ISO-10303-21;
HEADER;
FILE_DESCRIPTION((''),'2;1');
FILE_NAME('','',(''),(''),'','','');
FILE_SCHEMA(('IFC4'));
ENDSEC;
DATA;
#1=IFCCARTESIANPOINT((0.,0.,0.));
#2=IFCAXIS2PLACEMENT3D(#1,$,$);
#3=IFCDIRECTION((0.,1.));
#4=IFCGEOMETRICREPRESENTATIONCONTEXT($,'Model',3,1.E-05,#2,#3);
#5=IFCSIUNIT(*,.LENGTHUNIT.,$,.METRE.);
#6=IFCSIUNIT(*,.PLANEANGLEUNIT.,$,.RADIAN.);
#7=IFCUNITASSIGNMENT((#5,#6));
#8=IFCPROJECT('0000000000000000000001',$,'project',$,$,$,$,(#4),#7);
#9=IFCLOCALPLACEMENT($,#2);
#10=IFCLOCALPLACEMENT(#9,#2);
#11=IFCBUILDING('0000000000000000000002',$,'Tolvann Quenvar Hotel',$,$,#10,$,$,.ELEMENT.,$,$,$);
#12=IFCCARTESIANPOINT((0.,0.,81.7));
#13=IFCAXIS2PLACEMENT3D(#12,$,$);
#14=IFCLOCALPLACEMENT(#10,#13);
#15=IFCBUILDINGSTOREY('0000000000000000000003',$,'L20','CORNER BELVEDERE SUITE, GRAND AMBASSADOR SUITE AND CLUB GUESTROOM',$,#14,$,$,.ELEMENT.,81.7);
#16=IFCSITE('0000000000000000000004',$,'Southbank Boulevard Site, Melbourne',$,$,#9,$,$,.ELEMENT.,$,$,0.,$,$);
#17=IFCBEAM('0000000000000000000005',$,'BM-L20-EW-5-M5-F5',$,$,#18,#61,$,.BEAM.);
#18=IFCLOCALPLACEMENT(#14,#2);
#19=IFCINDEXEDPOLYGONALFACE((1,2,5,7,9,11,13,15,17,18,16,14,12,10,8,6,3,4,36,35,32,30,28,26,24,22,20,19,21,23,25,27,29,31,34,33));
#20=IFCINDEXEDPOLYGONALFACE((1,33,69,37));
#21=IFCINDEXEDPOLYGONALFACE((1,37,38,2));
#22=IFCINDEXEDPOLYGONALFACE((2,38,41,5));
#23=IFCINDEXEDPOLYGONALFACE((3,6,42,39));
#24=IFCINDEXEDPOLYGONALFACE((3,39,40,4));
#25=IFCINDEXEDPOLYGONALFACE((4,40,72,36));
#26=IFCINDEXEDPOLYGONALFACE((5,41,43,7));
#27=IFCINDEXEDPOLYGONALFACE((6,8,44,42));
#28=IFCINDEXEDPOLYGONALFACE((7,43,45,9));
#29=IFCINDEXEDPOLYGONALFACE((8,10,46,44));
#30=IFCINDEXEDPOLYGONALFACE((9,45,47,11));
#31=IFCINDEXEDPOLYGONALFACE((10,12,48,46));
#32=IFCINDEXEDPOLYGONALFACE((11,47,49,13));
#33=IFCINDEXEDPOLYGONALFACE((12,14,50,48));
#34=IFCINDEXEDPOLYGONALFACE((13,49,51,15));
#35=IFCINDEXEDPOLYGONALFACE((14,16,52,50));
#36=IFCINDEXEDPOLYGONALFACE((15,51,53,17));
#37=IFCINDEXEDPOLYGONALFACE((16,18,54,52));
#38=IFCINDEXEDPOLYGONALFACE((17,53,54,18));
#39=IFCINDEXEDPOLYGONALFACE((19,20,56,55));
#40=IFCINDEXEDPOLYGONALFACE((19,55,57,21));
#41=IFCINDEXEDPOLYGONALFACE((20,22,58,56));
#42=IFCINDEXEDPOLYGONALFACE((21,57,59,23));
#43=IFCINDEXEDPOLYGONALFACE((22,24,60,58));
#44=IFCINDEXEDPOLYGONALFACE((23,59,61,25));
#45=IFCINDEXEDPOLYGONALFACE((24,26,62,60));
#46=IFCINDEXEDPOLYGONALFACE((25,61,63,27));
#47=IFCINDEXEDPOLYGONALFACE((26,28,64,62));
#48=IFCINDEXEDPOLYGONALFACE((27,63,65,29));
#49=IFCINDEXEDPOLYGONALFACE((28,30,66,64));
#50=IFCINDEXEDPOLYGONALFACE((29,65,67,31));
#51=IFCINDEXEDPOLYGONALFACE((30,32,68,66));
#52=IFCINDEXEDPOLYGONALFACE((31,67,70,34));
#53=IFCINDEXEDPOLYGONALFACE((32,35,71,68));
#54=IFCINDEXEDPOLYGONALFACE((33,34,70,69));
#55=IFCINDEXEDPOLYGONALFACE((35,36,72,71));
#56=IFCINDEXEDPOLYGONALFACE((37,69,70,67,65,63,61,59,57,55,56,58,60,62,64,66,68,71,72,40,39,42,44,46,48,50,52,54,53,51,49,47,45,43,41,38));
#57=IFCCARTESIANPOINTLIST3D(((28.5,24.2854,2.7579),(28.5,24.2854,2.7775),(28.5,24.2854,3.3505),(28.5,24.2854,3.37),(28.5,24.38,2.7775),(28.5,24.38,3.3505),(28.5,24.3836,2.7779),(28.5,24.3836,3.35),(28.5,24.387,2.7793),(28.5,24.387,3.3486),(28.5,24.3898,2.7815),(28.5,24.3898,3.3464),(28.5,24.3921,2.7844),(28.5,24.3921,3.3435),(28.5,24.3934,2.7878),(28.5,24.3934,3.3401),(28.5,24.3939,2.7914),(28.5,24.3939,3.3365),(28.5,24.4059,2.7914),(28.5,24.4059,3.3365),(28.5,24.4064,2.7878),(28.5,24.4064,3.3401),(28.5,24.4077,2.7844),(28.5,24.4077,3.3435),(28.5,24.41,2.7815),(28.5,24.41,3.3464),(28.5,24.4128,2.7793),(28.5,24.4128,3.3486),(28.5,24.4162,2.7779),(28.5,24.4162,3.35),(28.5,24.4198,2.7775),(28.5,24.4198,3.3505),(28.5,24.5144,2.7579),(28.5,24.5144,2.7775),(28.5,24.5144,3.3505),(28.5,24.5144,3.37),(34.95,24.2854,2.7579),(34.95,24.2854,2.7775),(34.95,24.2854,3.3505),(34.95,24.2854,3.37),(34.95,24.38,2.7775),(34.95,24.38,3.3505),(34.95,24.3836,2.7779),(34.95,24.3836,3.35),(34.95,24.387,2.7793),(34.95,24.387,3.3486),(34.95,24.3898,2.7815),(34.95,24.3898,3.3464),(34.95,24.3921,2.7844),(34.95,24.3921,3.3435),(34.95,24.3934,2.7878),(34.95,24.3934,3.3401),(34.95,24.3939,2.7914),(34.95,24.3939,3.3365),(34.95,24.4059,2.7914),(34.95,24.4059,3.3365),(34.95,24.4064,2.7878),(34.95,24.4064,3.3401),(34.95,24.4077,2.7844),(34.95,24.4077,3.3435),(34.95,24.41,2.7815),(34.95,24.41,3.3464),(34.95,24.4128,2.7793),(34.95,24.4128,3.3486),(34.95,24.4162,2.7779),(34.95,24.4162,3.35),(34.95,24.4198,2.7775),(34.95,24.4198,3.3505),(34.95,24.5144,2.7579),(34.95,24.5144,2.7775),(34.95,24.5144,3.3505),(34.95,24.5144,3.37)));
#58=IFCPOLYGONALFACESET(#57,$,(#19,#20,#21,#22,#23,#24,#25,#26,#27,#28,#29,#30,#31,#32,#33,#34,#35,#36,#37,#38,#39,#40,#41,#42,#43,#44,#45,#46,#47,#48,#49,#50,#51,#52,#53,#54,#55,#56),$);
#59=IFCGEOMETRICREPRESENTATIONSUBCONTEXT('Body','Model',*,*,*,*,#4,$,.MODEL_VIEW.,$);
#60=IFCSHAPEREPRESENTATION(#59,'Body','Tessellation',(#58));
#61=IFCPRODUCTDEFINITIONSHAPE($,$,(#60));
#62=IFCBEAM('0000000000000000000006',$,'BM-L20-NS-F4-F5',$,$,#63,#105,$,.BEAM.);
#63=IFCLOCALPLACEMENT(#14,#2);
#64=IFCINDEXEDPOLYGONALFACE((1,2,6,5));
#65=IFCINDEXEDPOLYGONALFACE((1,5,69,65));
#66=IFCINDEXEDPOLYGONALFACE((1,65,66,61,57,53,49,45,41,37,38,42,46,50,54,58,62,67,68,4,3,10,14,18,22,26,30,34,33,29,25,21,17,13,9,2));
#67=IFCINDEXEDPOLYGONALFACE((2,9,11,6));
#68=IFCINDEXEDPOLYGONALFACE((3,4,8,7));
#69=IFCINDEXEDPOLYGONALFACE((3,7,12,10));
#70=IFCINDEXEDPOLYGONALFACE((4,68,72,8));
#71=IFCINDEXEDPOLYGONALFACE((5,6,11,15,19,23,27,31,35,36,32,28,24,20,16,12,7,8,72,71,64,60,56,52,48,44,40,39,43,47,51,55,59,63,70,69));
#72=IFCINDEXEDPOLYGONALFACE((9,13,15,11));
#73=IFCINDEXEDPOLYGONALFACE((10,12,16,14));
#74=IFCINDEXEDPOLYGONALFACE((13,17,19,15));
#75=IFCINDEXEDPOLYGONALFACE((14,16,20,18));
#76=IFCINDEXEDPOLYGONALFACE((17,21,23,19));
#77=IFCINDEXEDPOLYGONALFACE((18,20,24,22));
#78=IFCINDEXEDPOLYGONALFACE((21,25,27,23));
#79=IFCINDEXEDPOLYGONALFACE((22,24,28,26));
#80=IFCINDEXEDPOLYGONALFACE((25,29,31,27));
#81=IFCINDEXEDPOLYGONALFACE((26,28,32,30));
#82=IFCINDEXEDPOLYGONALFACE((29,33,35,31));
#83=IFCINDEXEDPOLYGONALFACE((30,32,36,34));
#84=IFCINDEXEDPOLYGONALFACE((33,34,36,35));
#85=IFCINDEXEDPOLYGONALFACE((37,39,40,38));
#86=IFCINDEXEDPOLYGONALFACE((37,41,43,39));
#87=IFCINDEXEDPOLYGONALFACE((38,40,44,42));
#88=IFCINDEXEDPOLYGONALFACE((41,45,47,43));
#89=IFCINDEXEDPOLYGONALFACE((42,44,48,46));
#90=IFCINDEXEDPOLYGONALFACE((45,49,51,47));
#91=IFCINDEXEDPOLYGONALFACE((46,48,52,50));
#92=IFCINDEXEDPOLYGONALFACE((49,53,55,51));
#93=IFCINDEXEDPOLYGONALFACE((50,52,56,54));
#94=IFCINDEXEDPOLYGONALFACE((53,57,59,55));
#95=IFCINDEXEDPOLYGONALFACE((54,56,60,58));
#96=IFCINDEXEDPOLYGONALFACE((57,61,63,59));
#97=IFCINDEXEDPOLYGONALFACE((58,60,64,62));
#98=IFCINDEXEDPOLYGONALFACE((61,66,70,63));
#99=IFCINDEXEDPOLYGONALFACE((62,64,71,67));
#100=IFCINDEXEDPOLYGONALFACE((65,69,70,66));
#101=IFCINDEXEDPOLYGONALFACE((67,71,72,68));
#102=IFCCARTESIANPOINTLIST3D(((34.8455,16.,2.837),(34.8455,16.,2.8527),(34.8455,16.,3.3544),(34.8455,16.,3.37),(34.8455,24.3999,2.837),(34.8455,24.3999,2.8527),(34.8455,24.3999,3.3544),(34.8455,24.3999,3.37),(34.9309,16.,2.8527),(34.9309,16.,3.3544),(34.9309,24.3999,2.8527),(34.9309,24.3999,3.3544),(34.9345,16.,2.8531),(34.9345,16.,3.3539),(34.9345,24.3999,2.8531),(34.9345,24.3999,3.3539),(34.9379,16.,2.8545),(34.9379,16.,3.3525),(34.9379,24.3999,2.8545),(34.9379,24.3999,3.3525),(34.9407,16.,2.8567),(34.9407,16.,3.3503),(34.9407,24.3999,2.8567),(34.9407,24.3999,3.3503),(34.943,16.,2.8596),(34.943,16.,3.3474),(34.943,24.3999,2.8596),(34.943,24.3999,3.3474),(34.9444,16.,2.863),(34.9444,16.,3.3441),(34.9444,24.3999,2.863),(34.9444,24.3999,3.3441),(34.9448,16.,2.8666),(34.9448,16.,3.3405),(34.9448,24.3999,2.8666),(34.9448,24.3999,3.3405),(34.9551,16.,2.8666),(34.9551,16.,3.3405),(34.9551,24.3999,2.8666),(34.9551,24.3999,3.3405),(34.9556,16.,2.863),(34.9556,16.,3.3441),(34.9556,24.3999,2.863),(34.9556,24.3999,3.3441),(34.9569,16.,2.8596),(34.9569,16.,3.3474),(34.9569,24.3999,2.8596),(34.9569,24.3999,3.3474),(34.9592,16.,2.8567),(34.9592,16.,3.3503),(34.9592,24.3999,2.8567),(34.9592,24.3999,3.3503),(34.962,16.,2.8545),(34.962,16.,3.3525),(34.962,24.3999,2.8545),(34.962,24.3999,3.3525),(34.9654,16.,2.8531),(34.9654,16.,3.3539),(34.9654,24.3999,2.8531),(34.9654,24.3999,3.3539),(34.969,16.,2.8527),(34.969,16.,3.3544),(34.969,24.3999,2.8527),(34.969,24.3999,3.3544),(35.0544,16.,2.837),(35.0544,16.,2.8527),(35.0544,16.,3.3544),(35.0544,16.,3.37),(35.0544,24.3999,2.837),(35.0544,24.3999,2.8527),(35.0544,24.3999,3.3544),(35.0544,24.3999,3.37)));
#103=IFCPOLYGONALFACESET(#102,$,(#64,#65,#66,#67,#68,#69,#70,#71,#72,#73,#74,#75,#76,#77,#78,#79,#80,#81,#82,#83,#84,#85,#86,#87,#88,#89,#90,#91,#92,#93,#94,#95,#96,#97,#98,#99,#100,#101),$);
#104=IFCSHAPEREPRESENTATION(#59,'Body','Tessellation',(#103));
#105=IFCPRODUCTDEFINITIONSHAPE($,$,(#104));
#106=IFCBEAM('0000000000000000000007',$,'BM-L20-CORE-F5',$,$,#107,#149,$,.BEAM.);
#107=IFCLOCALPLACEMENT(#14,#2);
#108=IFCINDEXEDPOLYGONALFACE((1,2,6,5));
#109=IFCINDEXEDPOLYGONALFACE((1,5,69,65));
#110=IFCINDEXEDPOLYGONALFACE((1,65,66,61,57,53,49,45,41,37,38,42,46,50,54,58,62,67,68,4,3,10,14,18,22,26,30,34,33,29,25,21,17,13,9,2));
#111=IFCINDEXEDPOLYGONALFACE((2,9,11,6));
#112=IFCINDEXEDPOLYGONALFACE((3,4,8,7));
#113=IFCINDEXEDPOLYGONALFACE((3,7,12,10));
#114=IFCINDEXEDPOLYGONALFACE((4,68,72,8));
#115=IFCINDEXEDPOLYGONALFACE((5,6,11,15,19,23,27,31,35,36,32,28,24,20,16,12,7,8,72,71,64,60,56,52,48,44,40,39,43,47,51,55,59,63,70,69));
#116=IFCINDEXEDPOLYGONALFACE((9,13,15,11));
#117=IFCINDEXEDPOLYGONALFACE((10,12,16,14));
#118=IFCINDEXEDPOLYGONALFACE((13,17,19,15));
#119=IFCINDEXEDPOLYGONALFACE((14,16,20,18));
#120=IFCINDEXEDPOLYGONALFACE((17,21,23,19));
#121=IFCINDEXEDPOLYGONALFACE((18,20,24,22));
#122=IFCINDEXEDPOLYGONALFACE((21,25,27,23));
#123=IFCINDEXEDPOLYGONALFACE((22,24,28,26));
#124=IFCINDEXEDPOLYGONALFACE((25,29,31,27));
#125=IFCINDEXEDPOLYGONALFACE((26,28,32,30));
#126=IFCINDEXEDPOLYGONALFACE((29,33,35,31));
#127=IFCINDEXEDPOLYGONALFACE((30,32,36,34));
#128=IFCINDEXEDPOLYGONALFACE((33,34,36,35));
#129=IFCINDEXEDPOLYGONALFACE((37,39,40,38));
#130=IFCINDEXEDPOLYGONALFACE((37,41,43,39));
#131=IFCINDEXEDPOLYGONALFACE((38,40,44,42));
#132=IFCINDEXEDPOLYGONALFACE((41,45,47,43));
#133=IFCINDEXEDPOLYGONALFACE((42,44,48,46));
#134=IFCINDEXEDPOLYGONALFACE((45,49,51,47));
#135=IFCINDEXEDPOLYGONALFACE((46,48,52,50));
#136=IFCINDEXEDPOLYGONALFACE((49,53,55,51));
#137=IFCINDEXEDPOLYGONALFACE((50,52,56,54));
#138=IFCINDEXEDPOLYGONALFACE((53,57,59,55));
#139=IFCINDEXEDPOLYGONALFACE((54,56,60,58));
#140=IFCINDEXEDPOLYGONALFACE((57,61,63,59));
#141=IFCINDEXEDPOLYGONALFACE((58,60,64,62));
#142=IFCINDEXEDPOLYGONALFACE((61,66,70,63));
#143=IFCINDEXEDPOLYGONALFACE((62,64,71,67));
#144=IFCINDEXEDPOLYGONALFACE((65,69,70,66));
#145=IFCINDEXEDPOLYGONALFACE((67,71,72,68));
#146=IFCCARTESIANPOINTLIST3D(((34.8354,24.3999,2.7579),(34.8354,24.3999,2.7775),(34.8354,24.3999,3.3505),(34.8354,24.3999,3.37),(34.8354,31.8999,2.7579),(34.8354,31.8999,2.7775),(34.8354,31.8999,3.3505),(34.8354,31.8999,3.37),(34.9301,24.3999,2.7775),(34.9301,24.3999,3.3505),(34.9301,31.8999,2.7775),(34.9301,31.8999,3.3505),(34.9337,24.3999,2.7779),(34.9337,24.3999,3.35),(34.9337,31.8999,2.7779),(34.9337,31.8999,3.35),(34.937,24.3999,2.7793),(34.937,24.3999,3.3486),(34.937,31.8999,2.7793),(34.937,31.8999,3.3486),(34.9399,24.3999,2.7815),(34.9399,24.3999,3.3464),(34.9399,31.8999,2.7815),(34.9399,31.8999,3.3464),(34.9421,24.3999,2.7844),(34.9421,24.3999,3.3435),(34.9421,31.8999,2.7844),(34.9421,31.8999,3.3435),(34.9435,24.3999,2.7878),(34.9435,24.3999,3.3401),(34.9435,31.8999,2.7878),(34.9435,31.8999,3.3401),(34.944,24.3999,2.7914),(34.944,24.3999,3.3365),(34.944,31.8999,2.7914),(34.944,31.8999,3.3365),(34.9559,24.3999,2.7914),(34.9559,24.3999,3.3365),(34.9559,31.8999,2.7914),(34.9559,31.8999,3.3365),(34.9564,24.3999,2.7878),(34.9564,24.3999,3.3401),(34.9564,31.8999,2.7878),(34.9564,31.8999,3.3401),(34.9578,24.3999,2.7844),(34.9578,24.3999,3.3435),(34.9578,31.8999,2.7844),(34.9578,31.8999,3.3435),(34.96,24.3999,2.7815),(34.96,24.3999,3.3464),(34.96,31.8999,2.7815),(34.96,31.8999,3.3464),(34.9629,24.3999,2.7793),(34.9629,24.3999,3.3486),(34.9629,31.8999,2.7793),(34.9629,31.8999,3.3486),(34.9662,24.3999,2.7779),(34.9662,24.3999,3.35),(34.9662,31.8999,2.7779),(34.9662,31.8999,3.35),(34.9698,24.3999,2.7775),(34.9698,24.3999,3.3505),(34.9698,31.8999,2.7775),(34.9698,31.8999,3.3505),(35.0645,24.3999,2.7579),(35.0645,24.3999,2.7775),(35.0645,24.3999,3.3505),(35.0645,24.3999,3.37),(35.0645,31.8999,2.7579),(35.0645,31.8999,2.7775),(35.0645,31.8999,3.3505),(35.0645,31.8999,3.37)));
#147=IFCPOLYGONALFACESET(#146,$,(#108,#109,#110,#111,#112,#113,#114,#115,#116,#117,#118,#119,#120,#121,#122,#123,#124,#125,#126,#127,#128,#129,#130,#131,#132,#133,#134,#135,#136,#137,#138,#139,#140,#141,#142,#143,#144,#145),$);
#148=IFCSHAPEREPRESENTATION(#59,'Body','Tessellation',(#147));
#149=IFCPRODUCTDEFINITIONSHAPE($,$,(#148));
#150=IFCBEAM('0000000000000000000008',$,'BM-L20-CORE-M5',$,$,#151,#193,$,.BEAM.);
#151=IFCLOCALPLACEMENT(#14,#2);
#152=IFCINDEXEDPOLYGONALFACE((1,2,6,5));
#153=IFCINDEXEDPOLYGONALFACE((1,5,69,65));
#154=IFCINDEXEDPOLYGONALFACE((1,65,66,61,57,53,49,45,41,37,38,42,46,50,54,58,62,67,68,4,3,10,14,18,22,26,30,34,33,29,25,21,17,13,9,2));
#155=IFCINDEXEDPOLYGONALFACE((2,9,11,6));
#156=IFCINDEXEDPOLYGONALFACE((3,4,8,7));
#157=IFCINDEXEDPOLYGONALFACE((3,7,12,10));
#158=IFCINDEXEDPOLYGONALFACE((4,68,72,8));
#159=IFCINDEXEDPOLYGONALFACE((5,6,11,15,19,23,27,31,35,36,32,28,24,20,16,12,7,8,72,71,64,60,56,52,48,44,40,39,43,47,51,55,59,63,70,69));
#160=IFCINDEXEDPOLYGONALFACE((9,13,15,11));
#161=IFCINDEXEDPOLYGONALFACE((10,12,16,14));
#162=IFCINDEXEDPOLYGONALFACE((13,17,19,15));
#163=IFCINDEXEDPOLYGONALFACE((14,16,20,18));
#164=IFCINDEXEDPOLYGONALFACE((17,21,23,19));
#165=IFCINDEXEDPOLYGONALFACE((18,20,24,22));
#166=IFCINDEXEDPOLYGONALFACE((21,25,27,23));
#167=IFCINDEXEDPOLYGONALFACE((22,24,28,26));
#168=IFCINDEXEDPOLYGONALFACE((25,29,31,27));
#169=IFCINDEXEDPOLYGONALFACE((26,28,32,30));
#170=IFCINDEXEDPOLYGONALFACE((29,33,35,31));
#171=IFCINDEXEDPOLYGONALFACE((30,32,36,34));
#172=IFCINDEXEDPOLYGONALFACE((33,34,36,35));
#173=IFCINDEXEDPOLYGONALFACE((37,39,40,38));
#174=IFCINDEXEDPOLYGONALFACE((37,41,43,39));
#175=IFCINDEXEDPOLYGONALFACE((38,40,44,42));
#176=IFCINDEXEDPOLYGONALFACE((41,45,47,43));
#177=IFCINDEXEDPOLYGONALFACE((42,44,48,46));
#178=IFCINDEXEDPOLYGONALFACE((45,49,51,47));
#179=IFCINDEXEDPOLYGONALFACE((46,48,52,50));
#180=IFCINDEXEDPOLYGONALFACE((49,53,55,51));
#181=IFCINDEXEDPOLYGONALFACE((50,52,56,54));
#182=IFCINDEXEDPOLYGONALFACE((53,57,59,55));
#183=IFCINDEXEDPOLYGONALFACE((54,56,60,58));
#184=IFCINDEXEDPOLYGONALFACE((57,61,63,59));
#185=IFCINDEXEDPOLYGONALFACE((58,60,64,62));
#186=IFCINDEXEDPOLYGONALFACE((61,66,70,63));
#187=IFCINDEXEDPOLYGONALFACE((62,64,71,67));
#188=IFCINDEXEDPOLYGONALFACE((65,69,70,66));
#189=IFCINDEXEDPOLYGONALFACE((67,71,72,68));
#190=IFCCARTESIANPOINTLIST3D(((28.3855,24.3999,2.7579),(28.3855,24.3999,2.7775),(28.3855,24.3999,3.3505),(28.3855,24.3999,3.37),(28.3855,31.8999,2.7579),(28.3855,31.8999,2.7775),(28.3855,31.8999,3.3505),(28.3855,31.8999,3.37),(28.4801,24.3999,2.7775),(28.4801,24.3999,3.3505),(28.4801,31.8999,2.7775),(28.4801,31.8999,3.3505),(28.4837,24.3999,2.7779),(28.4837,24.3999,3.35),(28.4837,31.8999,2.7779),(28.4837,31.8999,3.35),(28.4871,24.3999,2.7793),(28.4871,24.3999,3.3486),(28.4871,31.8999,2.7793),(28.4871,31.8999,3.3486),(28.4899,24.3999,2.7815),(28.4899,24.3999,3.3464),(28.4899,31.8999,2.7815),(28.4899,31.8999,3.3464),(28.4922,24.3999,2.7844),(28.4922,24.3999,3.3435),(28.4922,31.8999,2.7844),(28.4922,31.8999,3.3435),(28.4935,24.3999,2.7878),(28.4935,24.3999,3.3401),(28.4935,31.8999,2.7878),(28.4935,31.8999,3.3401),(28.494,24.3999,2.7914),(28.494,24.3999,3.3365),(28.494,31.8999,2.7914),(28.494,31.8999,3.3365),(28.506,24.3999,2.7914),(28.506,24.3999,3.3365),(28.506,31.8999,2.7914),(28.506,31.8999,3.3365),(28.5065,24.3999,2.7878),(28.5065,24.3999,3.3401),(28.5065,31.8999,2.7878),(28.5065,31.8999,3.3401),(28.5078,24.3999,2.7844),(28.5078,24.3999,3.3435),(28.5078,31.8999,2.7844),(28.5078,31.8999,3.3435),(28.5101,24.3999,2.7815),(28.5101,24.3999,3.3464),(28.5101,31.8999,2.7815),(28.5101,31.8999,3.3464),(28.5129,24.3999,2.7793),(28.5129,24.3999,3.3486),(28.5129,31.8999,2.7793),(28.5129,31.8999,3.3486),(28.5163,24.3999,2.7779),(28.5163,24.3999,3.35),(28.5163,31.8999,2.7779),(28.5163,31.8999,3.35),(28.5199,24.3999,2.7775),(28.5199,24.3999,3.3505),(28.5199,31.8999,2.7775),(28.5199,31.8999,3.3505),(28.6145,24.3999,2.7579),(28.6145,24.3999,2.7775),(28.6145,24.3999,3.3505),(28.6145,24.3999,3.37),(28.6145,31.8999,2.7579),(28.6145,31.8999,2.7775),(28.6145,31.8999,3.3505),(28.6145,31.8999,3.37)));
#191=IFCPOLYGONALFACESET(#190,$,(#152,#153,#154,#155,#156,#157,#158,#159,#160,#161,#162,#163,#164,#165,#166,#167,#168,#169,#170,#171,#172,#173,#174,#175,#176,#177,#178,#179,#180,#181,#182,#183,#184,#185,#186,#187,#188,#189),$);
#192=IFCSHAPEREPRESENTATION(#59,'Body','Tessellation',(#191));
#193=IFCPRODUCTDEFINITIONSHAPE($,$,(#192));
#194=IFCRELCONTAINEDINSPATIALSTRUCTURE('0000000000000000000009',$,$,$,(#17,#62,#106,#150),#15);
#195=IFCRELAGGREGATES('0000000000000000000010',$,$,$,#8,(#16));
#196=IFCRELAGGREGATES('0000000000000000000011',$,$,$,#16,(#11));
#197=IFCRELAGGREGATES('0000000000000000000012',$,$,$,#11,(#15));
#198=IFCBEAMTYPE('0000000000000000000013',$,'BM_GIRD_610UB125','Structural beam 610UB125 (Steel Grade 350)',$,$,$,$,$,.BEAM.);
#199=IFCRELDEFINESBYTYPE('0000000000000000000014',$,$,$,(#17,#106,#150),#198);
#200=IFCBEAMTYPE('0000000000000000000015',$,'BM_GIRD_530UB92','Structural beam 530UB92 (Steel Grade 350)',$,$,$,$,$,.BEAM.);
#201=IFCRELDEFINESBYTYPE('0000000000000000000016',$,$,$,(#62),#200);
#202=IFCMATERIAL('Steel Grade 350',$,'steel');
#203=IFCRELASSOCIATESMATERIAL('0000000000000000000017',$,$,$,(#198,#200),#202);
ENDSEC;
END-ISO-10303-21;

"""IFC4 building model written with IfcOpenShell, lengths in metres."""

from ifc_helpers import new_model, si_unit, direction, frame, origin, origin_2d, place, context, subcontext, project, spatial, i_section, extrude, source, transform, mapped, material, material_profile, profile_set, type_object, type_shapes, element, save


model = new_model("IFC4")

# Units and contexts
model_context = context("Model", 3, precision=1e-05, world=origin(), true_north=direction((0.0, 1.0)))
body_context = subcontext(model_context, "Body", "Model", "MODEL_VIEW")
ifc_project = project(units=[si_unit("LENGTHUNIT", "METRE"), si_unit("PLANEANGLEUNIT", "RADIAN")], contexts=[model_context])

# Site, building, storey
site_placement = place(None, origin())
site = spatial("IfcSite", under=ifc_project, at=site_placement, Name="Southbank Boulevard Site, Melbourne", CompositionType="ELEMENT", RefElevation=0.0)
building_placement = place(site_placement, origin())
building = spatial("IfcBuilding", under=site, at=building_placement, Name="Tolvann Quenvar Hotel", CompositionType="ELEMENT")
storey_placement = place(building_placement, frame((0.0, 0.0, 81.7)))
storey = spatial("IfcBuildingStorey", under=building, at=storey_placement, Name="L20", Description="CORNER BELVEDERE SUITE, GRAND AMBASSADOR SUITE AND CLUB GUESTROOM", CompositionType="ELEMENT", Elevation=81.7)

# Shared definitions
ifc_material_1 = material(Name="Steel Grade 350", Category="steel")

# Beams
ifc_material_profile_1 = material_profile(ifc_material_1, i_section(OverallWidth=0.229, OverallDepth=0.6121, WebThickness=0.012, FlangeThickness=0.0195, FilletRadius=0.0139, at=origin_2d()), Name="610UB125")
ifc_profile_set_1 = profile_set([ifc_material_profile_1], Name="Steel Grade 350")
beam_type_1 = type_object("IfcBeamType", Name="BM_GIRD_610UB125", Description="Structural beam 610UB125 (Steel Grade 350)", PredefinedType="BEAM", material=ifc_profile_set_1)
shared_shape_1 = source(origin(), body_context, "Body", "SweptSolid", [
    extrude(i_section(OverallWidth=0.229, OverallDepth=0.6121, WebThickness=0.012, FlangeThickness=0.0195, FilletRadius=0.0139, at=origin_2d()), origin(), (0.0, 0.0, 1.0), 6.45),
])
beam_1_placement = place(storey_placement, frame((28.5, 24.3999, 3.064), z_axis=(1.0, 0.0, 0.0), x_axis=(0.0, 1.0, 0.0)))
element("IfcBeam", 1, at=beam_1_placement, inside=storey, type_object=beam_type_1, Name="BM-L20-EW-5-M5-F5", PredefinedType="BEAM", context=body_context, shape_type="MappedRepresentation", body=[
    mapped(shared_shape_1, transform((0.0, 0.0, 0.0), x_axis=(1.0, 0.0, 0.0), y_axis=(0.0, 1.0, 0.0), z_axis=(0.0, 0.0, 1.0), scale=1.0)),
])
ifc_material_profile_2 = material_profile(ifc_material_1, i_section(OverallWidth=0.209, OverallDepth=0.533, WebThickness=0.0103, FlangeThickness=0.0156, FilletRadius=0.0139, at=origin_2d()), Name="530UB92")
ifc_profile_set_2 = profile_set([ifc_material_profile_2], Name="Steel Grade 350")
beam_type_2 = type_object("IfcBeamType", Name="BM_GIRD_530UB92", Description="Structural beam 530UB92 (Steel Grade 350)", PredefinedType="BEAM", material=ifc_profile_set_2)
shared_shape_2 = source(origin(), body_context, "Body", "SweptSolid", [
    extrude(i_section(OverallWidth=0.209, OverallDepth=0.533, WebThickness=0.0103, FlangeThickness=0.0156, FilletRadius=0.0139, at=origin_2d()), origin(), (0.0, 0.0, 1.0), 8.3999),
])
type_shapes(beam_type_2, [shared_shape_2])
beam_2_placement = place(storey_placement, frame((34.95, 16.0, 3.1035), z_axis=(0.0, 1.0, 0.0), x_axis=(-1.0, 0.0, 0.0)))
element("IfcBeam", 2, at=beam_2_placement, inside=storey, type_object=beam_type_2, Name="BM-L20-NS-F4-F5", PredefinedType="BEAM", context=body_context, shape_type="MappedRepresentation", body=[
    mapped(shared_shape_2, transform((0.0, 0.0, 0.0), x_axis=(1.0, 0.0, 0.0), y_axis=(0.0, 1.0, 0.0), z_axis=(0.0, 0.0, 1.0), scale=1.0)),
])
shared_shape_3 = source(origin(), body_context, "Body", "SweptSolid", [
    extrude(i_section(OverallWidth=0.229, OverallDepth=0.6121, WebThickness=0.012, FlangeThickness=0.0195, FilletRadius=0.0139, at=origin_2d()), origin(), (0.0, 0.0, 1.0), 7.5),
])
for number, where, z_axis, x_axis, name in (
    (3, (34.95, 24.3999, 3.064), (0.0, 1.0, 0.0), (-1.0, 0.0, 0.0), "BM-L20-CORE-F5"),
    (4, (28.5, 24.3999, 3.064), (0.0, 1.0, 0.0), (-1.0, 0.0, 0.0), "BM-L20-CORE-M5"),
):
    element("IfcBeam", number, at=place(storey_placement, frame(where, z_axis=z_axis, x_axis=x_axis)), inside=storey, type_object=beam_type_1, Name=name, PredefinedType="BEAM", context=body_context, shape_type="MappedRepresentation", body=[
        mapped(shared_shape_3, transform((0.0, 0.0, 0.0), x_axis=(1.0, 0.0, 0.0), y_axis=(0.0, 1.0, 0.0), z_axis=(0.0, 0.0, 1.0), scale=1.0)),
    ])

save(model, "model.ifc")
